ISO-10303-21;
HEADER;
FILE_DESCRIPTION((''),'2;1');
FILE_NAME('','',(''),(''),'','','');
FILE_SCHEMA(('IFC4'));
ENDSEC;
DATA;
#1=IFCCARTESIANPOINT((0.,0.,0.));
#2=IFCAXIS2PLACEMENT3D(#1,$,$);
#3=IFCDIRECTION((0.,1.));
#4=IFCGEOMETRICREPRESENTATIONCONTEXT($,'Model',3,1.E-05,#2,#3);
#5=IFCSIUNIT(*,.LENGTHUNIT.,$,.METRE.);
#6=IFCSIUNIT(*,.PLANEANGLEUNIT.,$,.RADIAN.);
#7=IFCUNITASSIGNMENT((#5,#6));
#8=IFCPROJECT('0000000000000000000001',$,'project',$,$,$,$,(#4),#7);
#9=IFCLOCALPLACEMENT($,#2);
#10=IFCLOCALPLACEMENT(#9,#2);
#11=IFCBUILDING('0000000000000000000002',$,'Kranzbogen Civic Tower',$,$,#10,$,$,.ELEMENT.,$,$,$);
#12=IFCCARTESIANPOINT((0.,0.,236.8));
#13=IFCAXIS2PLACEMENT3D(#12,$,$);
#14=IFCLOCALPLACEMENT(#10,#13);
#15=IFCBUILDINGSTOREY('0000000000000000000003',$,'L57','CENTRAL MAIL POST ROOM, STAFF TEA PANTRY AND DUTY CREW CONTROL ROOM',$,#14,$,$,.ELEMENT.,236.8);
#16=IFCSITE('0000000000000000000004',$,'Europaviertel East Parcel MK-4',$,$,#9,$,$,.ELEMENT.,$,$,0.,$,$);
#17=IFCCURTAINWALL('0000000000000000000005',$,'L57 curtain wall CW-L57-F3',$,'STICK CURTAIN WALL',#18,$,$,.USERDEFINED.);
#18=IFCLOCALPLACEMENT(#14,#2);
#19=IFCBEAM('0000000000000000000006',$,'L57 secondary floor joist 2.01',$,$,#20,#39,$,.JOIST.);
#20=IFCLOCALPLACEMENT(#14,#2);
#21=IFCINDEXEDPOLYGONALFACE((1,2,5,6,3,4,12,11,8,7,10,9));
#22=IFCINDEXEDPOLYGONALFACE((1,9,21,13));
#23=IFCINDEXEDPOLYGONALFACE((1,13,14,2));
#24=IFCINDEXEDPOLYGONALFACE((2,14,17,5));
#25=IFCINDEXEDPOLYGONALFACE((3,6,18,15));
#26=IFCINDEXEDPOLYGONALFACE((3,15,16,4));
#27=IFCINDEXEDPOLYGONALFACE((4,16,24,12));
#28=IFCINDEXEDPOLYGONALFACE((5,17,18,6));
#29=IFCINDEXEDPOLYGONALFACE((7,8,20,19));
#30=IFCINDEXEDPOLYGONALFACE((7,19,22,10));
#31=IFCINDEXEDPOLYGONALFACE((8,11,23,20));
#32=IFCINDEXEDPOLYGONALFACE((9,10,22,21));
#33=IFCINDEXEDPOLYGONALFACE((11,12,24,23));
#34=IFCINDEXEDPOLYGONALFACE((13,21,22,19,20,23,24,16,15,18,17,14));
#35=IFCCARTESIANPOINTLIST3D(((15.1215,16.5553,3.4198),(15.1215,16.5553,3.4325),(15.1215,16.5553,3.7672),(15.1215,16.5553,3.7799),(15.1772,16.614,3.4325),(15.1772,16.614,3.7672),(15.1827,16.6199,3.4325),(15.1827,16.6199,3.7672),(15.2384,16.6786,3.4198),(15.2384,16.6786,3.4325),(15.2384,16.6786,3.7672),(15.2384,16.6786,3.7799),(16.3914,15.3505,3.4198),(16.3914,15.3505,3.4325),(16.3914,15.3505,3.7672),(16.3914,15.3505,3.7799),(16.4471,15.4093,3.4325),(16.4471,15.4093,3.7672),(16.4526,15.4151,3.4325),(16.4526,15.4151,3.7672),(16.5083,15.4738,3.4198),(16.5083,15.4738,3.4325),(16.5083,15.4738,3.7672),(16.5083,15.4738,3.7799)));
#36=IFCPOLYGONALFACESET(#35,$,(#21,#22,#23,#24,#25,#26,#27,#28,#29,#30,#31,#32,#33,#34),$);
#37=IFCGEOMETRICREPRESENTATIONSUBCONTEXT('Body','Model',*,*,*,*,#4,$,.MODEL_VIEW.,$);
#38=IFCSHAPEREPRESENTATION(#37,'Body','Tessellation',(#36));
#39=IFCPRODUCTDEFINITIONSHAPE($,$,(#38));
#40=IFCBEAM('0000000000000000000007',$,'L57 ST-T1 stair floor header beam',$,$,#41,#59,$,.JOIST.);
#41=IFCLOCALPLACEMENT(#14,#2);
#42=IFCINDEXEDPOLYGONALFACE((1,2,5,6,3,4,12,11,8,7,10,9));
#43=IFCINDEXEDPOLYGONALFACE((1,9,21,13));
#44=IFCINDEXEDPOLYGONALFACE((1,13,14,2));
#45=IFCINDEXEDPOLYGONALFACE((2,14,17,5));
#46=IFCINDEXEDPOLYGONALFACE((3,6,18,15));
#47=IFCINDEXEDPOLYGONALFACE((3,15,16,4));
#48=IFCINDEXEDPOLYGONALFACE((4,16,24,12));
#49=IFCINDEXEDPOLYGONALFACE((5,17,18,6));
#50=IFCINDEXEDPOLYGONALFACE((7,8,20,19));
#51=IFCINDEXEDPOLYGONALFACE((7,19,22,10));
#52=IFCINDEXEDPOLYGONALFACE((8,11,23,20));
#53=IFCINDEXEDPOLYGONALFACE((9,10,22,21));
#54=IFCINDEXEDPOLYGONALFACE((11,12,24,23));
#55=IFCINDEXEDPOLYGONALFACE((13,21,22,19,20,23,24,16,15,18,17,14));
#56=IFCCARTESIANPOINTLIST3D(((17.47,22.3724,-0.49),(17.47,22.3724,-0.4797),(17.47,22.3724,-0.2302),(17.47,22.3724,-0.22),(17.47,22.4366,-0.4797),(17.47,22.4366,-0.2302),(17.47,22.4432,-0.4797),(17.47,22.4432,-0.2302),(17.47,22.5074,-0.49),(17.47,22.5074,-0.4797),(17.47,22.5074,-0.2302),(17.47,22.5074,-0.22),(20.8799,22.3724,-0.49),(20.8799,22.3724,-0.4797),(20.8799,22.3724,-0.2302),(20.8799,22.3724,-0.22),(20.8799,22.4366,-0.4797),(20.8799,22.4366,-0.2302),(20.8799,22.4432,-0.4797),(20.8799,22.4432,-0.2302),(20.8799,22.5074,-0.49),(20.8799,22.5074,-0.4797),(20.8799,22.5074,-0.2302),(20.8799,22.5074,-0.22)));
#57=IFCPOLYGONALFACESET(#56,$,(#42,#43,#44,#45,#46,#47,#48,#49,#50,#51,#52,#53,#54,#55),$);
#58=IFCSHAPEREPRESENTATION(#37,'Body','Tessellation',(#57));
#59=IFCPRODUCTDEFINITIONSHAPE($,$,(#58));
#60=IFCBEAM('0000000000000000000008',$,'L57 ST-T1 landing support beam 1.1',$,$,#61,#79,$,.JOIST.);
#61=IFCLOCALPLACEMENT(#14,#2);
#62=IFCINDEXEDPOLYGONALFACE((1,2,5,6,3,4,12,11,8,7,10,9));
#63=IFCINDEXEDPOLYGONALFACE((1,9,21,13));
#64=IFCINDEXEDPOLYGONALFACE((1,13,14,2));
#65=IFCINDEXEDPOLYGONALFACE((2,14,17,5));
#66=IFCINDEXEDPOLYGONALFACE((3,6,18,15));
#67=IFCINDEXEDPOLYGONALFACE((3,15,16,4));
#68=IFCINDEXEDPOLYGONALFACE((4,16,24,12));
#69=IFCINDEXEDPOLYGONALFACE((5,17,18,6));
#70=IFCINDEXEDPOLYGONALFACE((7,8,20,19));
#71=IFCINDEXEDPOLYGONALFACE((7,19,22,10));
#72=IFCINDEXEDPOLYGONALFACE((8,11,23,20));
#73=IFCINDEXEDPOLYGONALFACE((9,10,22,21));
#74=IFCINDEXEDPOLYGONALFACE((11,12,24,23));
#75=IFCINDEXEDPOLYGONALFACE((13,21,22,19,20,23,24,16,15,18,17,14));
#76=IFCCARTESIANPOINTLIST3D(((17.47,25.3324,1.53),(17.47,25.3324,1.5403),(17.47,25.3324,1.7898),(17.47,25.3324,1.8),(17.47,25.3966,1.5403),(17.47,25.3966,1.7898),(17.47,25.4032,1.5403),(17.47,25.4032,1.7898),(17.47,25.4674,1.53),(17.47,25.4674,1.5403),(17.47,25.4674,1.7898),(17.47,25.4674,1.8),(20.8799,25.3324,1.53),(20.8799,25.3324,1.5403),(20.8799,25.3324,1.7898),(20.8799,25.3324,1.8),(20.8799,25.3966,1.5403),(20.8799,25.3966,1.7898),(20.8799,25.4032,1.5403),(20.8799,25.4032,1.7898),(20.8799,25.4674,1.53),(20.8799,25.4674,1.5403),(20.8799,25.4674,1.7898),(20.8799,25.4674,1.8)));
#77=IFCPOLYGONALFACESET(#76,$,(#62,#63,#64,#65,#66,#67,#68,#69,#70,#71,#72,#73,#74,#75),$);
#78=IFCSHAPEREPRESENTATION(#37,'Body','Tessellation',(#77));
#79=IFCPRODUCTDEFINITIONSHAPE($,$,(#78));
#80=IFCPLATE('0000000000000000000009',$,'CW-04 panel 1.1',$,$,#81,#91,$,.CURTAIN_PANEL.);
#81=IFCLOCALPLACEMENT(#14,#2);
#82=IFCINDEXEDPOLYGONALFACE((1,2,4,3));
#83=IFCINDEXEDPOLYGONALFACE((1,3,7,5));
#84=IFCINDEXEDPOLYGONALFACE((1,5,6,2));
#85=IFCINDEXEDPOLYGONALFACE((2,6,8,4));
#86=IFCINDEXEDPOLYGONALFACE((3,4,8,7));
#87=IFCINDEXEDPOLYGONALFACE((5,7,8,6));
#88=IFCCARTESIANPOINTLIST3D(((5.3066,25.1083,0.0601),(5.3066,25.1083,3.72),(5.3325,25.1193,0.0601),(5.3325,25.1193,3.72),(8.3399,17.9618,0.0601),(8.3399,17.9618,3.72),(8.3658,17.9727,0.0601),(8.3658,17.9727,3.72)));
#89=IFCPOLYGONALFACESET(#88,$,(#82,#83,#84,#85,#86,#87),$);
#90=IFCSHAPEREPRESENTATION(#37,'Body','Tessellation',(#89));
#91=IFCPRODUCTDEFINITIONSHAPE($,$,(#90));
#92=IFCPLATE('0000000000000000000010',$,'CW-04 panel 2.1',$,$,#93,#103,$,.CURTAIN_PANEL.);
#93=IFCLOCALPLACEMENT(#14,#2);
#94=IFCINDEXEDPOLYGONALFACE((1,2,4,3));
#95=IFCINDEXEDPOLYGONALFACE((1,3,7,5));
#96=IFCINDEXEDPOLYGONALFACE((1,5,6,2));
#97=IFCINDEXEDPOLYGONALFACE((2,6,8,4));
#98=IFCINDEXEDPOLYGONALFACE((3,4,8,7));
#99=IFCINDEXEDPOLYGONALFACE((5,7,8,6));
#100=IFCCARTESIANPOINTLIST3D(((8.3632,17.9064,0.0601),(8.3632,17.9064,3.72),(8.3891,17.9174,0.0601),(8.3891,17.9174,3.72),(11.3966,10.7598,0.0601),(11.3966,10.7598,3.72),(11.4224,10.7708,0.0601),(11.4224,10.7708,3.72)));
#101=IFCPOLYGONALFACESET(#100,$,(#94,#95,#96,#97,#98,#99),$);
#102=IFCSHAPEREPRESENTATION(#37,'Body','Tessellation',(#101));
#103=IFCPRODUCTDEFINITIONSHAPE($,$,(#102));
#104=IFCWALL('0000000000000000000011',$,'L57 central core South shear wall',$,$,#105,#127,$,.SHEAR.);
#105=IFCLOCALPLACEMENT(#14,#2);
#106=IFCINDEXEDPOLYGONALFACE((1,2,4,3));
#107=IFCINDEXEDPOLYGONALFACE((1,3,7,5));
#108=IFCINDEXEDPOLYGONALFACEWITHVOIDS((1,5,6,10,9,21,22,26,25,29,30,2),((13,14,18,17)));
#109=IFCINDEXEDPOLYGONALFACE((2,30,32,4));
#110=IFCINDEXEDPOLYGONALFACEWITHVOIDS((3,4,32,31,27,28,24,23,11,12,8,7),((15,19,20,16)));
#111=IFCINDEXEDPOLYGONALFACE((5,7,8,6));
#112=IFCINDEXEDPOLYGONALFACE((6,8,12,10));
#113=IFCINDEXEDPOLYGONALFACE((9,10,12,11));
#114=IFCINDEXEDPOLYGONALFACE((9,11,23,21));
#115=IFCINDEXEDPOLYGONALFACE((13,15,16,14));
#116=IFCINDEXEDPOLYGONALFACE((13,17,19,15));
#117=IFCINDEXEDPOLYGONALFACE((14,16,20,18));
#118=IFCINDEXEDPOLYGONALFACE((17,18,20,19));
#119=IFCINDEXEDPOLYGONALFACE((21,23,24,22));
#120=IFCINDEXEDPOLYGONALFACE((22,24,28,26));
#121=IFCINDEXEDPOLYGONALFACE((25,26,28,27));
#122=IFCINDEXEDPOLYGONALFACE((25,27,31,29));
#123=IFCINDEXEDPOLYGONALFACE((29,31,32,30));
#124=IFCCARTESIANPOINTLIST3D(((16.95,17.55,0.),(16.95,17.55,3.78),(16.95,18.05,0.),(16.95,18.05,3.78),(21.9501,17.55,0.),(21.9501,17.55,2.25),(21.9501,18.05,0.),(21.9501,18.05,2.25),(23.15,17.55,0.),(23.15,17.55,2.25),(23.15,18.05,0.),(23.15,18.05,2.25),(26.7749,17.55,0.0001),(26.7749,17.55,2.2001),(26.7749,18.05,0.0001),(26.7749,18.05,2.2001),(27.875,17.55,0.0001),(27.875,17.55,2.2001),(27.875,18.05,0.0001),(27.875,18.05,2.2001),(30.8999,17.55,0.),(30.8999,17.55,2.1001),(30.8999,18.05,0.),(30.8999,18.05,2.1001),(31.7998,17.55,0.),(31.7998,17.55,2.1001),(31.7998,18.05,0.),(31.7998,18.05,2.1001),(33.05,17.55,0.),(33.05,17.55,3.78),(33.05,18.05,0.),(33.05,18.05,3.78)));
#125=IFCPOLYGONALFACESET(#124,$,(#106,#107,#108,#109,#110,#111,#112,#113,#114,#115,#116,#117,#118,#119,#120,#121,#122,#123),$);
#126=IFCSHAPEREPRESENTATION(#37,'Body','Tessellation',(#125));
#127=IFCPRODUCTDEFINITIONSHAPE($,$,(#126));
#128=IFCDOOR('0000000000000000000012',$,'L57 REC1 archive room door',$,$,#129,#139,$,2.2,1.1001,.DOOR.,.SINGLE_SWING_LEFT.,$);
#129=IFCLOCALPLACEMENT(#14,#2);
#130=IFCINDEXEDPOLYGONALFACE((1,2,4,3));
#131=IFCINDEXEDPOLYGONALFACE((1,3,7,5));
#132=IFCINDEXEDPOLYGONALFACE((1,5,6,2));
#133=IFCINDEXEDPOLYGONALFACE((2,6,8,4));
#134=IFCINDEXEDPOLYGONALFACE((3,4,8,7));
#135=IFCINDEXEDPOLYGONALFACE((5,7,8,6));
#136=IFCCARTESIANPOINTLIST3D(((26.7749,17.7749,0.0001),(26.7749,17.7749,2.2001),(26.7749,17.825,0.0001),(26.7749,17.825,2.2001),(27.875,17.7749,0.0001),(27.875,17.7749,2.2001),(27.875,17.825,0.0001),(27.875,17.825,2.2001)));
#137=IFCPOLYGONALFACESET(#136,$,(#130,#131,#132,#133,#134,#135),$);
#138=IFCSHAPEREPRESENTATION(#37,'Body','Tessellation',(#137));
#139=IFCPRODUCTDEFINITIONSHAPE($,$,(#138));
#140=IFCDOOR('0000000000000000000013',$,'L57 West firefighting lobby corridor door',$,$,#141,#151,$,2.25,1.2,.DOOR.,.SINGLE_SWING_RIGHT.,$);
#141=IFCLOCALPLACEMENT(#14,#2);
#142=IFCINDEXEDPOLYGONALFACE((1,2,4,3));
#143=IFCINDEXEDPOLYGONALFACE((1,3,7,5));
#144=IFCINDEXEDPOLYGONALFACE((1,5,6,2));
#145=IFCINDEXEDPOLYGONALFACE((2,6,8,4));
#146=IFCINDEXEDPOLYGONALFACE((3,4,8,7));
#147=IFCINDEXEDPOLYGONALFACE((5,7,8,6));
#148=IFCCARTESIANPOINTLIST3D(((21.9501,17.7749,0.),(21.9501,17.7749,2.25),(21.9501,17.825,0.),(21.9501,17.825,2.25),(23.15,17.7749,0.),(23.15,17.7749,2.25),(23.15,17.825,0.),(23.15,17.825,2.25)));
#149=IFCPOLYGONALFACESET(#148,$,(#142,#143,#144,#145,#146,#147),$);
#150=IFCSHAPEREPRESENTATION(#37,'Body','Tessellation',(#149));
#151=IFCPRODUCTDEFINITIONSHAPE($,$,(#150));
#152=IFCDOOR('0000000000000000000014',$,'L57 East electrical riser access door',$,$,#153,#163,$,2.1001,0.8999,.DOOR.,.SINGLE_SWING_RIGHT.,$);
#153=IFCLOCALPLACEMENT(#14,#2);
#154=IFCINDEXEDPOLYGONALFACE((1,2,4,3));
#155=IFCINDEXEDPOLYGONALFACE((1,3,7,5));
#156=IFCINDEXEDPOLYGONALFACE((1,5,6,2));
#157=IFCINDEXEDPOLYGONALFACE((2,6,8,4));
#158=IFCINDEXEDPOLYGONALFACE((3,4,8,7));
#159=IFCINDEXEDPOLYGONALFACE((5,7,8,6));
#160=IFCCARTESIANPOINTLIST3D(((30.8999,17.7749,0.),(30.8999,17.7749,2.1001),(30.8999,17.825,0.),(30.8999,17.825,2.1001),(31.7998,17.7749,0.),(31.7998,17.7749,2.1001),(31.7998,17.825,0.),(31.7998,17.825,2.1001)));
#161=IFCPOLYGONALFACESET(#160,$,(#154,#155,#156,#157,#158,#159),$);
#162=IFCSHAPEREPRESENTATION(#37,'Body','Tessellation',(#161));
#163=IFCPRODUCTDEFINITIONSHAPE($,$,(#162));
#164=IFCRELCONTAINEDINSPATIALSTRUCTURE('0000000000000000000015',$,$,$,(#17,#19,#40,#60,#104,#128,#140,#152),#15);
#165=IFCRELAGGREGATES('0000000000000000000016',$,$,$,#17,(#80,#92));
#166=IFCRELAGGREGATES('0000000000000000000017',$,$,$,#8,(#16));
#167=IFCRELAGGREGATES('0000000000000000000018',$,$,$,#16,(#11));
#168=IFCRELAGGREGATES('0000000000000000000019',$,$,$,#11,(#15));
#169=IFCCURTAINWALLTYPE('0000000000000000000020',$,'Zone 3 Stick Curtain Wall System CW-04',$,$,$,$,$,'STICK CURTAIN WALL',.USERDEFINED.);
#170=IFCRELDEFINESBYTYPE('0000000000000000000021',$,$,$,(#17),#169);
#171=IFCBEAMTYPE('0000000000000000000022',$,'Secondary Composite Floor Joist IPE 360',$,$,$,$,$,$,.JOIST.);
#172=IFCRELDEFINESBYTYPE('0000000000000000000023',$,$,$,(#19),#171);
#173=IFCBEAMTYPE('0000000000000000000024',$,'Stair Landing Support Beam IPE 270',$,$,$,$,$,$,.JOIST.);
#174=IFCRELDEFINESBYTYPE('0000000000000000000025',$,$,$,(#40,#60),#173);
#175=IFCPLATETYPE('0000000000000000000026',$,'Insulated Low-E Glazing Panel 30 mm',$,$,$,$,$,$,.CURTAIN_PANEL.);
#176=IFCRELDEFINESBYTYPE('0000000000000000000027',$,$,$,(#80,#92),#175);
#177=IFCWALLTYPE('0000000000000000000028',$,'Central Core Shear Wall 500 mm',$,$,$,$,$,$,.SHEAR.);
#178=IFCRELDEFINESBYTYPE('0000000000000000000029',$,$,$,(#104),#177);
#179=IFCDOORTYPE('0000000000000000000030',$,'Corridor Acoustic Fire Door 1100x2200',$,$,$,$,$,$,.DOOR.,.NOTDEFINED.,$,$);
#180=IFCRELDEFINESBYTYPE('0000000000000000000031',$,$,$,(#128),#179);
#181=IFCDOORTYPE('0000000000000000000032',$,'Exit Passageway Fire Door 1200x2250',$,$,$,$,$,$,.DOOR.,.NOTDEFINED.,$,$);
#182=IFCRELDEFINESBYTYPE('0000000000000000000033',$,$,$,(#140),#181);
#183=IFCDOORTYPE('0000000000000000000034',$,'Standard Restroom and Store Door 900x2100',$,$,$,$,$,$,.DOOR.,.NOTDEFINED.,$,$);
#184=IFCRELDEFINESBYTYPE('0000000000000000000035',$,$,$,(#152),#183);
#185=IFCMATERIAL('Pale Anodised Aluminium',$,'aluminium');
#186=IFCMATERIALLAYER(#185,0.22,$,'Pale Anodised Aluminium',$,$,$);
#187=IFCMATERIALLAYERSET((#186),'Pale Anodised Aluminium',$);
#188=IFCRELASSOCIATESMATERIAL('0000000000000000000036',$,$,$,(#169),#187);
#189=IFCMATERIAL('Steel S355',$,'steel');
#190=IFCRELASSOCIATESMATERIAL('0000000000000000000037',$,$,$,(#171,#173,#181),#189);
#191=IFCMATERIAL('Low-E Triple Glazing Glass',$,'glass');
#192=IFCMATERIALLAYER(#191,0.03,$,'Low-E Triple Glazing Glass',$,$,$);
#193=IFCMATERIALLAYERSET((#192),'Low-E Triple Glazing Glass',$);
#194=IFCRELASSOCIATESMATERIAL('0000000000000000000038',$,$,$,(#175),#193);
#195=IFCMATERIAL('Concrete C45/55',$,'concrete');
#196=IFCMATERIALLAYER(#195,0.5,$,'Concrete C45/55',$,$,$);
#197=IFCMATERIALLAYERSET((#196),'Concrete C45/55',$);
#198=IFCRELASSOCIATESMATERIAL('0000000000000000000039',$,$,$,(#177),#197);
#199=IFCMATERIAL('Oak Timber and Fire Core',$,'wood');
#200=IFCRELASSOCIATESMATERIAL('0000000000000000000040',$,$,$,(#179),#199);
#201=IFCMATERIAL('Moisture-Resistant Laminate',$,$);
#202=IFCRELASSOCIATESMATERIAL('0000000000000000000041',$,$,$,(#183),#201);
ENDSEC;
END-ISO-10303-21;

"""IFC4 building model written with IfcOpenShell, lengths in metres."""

from ifc_helpers import new_model, si_unit, direction, frame, frame_2d, origin, origin_2d, place, context, subcontext, project, spatial, rectangle, i_section, extrude, material, layer, layer_set, material_profile, profile_set, type_object, element, fill, aggregate, save


model = new_model("IFC4")

# Units and contexts
model_context = context("Model", 3, precision=1e-05, world=origin(), true_north=direction((0.0, 1.0)))
body_context = subcontext(model_context, "Body", "Model", "MODEL_VIEW")
ifc_project = project(units=[si_unit("LENGTHUNIT", "METRE"), si_unit("PLANEANGLEUNIT", "RADIAN")], contexts=[model_context])

# Site, building, storey
site_placement = place(None, origin())
site = spatial("IfcSite", under=ifc_project, at=site_placement, Name="Europaviertel East Parcel MK-4", CompositionType="ELEMENT", RefElevation=0.0)
building_placement = place(site_placement, origin())
building = spatial("IfcBuilding", under=site, at=building_placement, Name="Kranzbogen Civic Tower", CompositionType="ELEMENT")
storey_placement = place(building_placement, frame((0.0, 0.0, 236.8)))
storey = spatial("IfcBuildingStorey", under=building, at=storey_placement, Name="L57", Description="CENTRAL MAIL POST ROOM, STAFF TEA PANTRY AND DUTY CREW CONTROL ROOM", CompositionType="ELEMENT", Elevation=236.8)

# Curtain wall
ifc_material_1 = material(Name="Pale Anodised Aluminium", Category="aluminium")
ifc_layer_1 = layer(ifc_material_1, 0.22, Name="Pale Anodised Aluminium")
ifc_layer_set_1 = layer_set([ifc_layer_1], Name="Pale Anodised Aluminium")
curtain_wall_type = type_object("IfcCurtainWallType", Name="Zone 3 Stick Curtain Wall System CW-04", ElementType="STICK CURTAIN WALL", PredefinedType="USERDEFINED", material=ifc_layer_set_1)
curtain_wall_placement = place(storey_placement, origin())
curtain_wall = element("IfcCurtainWall", 1, at=curtain_wall_placement, inside=storey, type_object=curtain_wall_type, Name="L57 curtain wall CW-L57-F3", ObjectType="STICK CURTAIN WALL", PredefinedType="USERDEFINED")

# Beams
ifc_material_2 = material(Name="Steel S355", Category="steel")
ifc_material_profile_1 = material_profile(ifc_material_2, i_section(OverallWidth=0.1699, OverallDepth=0.3601, WebThickness=0.0081, FlangeThickness=0.0127, at=origin_2d()), Name="IPE 360")
ifc_profile_set_1 = profile_set([ifc_material_profile_1], Name="Steel S355")
beam_type_1 = type_object("IfcBeamType", Name="Secondary Composite Floor Joist IPE 360", PredefinedType="JOIST", material=ifc_profile_set_1)
beam_1_placement = place(storey_placement, frame((15.1799, 16.6169, 3.5999), z_axis=(0.72548, -0.688243, 0.0), x_axis=(0.688243, 0.72548, 0.0)))
element("IfcBeam", 2, at=beam_1_placement, inside=storey, type_object=beam_type_1, Name="L57 secondary floor joist 2.01", PredefinedType="JOIST", context=body_context, shape_type="SweptSolid", body=[
    extrude(i_section(OverallWidth=0.1699, OverallDepth=0.3601, WebThickness=0.0081, FlangeThickness=0.0127, at=origin_2d()), origin(), (0.0, 0.0, 1.0), 1.7505),
])
ifc_material_profile_2 = material_profile(ifc_material_2, i_section(OverallWidth=0.135, OverallDepth=0.27, WebThickness=0.0066, FlangeThickness=0.0103, at=origin_2d()), Name="IPE 270")
ifc_profile_set_2 = profile_set([ifc_material_profile_2], Name="Steel S355")
beam_type_2 = type_object("IfcBeamType", Name="Stair Landing Support Beam IPE 270", PredefinedType="JOIST", material=ifc_profile_set_2)
for number, where, z_axis, x_axis, name in (
    (3, (20.8799, 22.4399, -0.355), (-1.0, 0.0, 0.0), (0.0, -1.0, 0.0), "L57 ST-T1 stair floor header beam"),
    (4, (20.8799, 25.3999, 1.665), (-1.0, 0.0, 0.0), (0.0, -1.0, 0.0), "L57 ST-T1 landing support beam 1.1"),
):
    element("IfcBeam", number, at=place(storey_placement, frame(where, z_axis=z_axis, x_axis=x_axis)), inside=storey, type_object=beam_type_2, Name=name, PredefinedType="JOIST", context=body_context, shape_type="SweptSolid", body=[
        extrude(i_section(OverallWidth=0.135, OverallDepth=0.27, WebThickness=0.0066, FlangeThickness=0.0103, at=origin_2d()), origin(), (0.0, 0.0, 1.0), 3.4099),
    ])

# Plates
ifc_material_3 = material(Name="Low-E Triple Glazing Glass", Category="glass")
ifc_layer_2 = layer(ifc_material_3, 0.03, Name="Low-E Triple Glazing Glass")
ifc_layer_set_2 = layer_set([ifc_layer_2], Name="Low-E Triple Glazing Glass")
plate_type = type_object("IfcPlateType", Name="Insulated Low-E Glazing Panel 30 mm", PredefinedType="CURTAIN_PANEL", material=ifc_layer_set_2)
plate_1_placement = place(storey_placement, frame((6.8362, 21.5405, 0.0601), z_axis=(0.0, 0.0, 1.0), x_axis=(0.390705, -0.920516, 0.0)))
plate_1 = element("IfcPlate", 5, at=plate_1_placement, type_object=plate_type, Name="CW-04 panel 1.1", PredefinedType="CURTAIN_PANEL", context=body_context, shape_type="SweptSolid", body=[
    extrude(rectangle(XDim=7.7637, YDim=0.0281, at=origin_2d()), origin(), (0.0, 0.0, 1.0), 3.6599),
])
plate_2_placement = place(storey_placement, frame((9.8928, 14.3386, 0.0601), z_axis=(0.0, 0.0, 1.0), x_axis=(0.390705, -0.920516, 0.0)))
plate_2 = element("IfcPlate", 6, at=plate_2_placement, type_object=plate_type, Name="CW-04 panel 2.1", PredefinedType="CURTAIN_PANEL", context=body_context, shape_type="SweptSolid", body=[
    extrude(rectangle(XDim=7.7637, YDim=0.0281, at=origin_2d()), origin(), (0.0, 0.0, 1.0), 3.6599),
])
aggregate(curtain_wall, [plate_1, plate_2])

# Wall, openings, doors
ifc_material_4 = material(Name="Concrete C45/55", Category="concrete")
ifc_layer_3 = layer(ifc_material_4, 0.5, Name="Concrete C45/55")
ifc_layer_set_3 = layer_set([ifc_layer_3], Name="Concrete C45/55")
wall_type_1 = type_object("IfcWallType", Name="Central Core Shear Wall 500 mm", PredefinedType="SHEAR", material=ifc_layer_set_3)
wall_1_placement = place(storey_placement, frame((16.95, 17.8, 0.0), z_axis=(0.0, 0.0, 1.0), x_axis=(1.0, 0.0, 0.0)))
wall_1 = element("IfcWall", 7, at=wall_1_placement, inside=storey, type_object=wall_type_1, Name="L57 central core South shear wall", PredefinedType="SHEAR", context=body_context, shape_type="SweptSolid", body=[
    extrude(rectangle(XDim=16.1001, YDim=0.5, at=frame_2d((8.05, 0.0))), origin(), (0.0, 0.0, 1.0), 3.78),
])
opening_1_placement = place(wall_1_placement, frame((5.0, 0.0, 0.0)))
opening_1 = element("IfcOpeningElement", 8, at=opening_1_placement, cuts=wall_1, PredefinedType="OPENING", context=body_context, shape_type="SweptSolid", body=[
    extrude(rectangle(XDim=1.2, YDim=2.25, at=frame_2d((0.6001, 1.125))), frame((0.0, 0.26, 0.0), z_axis=(0.0, -1.0, 0.0), x_axis=(1.0, 0.0, 0.0)), (0.0, 0.0, 1.0), 0.52),
])
opening_2_placement = place(wall_1_placement, frame((13.95, 0.0, 0.0)))
opening_2 = element("IfcOpeningElement", 9, at=opening_2_placement, cuts=wall_1, PredefinedType="OPENING", context=body_context, shape_type="SweptSolid", body=[
    extrude(rectangle(XDim=0.8999, YDim=2.1001, at=frame_2d((0.45, 1.05))), frame((0.0, 0.26, 0.0), z_axis=(0.0, -1.0, 0.0), x_axis=(1.0, 0.0, 0.0)), (0.0, 0.0, 1.0), 0.52),
])
opening_3_placement = place(wall_1_placement, frame((9.825, 0.0, 0.0)))
opening_3 = element("IfcOpeningElement", 10, at=opening_3_placement, cuts=wall_1, PredefinedType="OPENING", context=body_context, shape_type="SweptSolid", body=[
    extrude(rectangle(XDim=1.1001, YDim=2.2, at=frame_2d((0.55, 1.1001))), frame((0.0, 0.26, 0.0), z_axis=(0.0, -1.0, 0.0), x_axis=(1.0, 0.0, 0.0)), (0.0, 0.0, 1.0), 0.52),
])
ifc_material_5 = material(Name="Oak Timber and Fire Core", Category="wood")
door_type_1 = type_object("IfcDoorType", Name="Corridor Acoustic Fire Door 1100x2200", OperationType="NOTDEFINED", PredefinedType="DOOR", material=ifc_material_5)
door_1_placement = place(opening_3_placement, origin())
door_1 = element("IfcDoor", 11, at=door_1_placement, inside=storey, type_object=door_type_1, Name="L57 REC1 archive room door", OperationType="SINGLE_SWING_LEFT", OverallHeight=2.2, OverallWidth=1.1001, PredefinedType="DOOR", context=body_context, shape_type="SweptSolid", body=[
    extrude(rectangle(XDim=1.1001, YDim=2.2, at=frame_2d((0.55, 1.1001))), frame((0.0, 0.0249, 0.0), z_axis=(0.0, -1.0, 0.0), x_axis=(1.0, 0.0, 0.0)), (0.0, 0.0, 1.0), 0.05),
])
fill(opening_3, door_1)
door_type_2 = type_object("IfcDoorType", Name="Exit Passageway Fire Door 1200x2250", OperationType="NOTDEFINED", PredefinedType="DOOR", material=ifc_material_2)
door_2_placement = place(opening_1_placement, origin())
door_2 = element("IfcDoor", 12, at=door_2_placement, inside=storey, type_object=door_type_2, Name="L57 West firefighting lobby corridor door", OperationType="SINGLE_SWING_RIGHT", OverallHeight=2.25, OverallWidth=1.2, PredefinedType="DOOR", context=body_context, shape_type="SweptSolid", body=[
    extrude(rectangle(XDim=1.2, YDim=2.25, at=frame_2d((0.6001, 1.125))), frame((0.0, 0.0249, 0.0), z_axis=(0.0, -1.0, 0.0), x_axis=(1.0, 0.0, 0.0)), (0.0, 0.0, 1.0), 0.05),
])
fill(opening_1, door_2)
ifc_material_6 = material(Name="Moisture-Resistant Laminate")
door_type_3 = type_object("IfcDoorType", Name="Standard Restroom and Store Door 900x2100", OperationType="NOTDEFINED", PredefinedType="DOOR", material=ifc_material_6)
door_3_placement = place(opening_2_placement, origin())
door_3 = element("IfcDoor", 13, at=door_3_placement, inside=storey, type_object=door_type_3, Name="L57 East electrical riser access door", OperationType="SINGLE_SWING_RIGHT", OverallHeight=2.1001, OverallWidth=0.8999, PredefinedType="DOOR", context=body_context, shape_type="SweptSolid", body=[
    extrude(rectangle(XDim=0.8999, YDim=2.1001, at=frame_2d((0.45, 1.05))), frame((0.0, 0.0249, 0.0), z_axis=(0.0, -1.0, 0.0), x_axis=(1.0, 0.0, 0.0)), (0.0, 0.0, 1.0), 0.05),
])
fill(opening_2, door_3)

save(model, "model.ifc")
